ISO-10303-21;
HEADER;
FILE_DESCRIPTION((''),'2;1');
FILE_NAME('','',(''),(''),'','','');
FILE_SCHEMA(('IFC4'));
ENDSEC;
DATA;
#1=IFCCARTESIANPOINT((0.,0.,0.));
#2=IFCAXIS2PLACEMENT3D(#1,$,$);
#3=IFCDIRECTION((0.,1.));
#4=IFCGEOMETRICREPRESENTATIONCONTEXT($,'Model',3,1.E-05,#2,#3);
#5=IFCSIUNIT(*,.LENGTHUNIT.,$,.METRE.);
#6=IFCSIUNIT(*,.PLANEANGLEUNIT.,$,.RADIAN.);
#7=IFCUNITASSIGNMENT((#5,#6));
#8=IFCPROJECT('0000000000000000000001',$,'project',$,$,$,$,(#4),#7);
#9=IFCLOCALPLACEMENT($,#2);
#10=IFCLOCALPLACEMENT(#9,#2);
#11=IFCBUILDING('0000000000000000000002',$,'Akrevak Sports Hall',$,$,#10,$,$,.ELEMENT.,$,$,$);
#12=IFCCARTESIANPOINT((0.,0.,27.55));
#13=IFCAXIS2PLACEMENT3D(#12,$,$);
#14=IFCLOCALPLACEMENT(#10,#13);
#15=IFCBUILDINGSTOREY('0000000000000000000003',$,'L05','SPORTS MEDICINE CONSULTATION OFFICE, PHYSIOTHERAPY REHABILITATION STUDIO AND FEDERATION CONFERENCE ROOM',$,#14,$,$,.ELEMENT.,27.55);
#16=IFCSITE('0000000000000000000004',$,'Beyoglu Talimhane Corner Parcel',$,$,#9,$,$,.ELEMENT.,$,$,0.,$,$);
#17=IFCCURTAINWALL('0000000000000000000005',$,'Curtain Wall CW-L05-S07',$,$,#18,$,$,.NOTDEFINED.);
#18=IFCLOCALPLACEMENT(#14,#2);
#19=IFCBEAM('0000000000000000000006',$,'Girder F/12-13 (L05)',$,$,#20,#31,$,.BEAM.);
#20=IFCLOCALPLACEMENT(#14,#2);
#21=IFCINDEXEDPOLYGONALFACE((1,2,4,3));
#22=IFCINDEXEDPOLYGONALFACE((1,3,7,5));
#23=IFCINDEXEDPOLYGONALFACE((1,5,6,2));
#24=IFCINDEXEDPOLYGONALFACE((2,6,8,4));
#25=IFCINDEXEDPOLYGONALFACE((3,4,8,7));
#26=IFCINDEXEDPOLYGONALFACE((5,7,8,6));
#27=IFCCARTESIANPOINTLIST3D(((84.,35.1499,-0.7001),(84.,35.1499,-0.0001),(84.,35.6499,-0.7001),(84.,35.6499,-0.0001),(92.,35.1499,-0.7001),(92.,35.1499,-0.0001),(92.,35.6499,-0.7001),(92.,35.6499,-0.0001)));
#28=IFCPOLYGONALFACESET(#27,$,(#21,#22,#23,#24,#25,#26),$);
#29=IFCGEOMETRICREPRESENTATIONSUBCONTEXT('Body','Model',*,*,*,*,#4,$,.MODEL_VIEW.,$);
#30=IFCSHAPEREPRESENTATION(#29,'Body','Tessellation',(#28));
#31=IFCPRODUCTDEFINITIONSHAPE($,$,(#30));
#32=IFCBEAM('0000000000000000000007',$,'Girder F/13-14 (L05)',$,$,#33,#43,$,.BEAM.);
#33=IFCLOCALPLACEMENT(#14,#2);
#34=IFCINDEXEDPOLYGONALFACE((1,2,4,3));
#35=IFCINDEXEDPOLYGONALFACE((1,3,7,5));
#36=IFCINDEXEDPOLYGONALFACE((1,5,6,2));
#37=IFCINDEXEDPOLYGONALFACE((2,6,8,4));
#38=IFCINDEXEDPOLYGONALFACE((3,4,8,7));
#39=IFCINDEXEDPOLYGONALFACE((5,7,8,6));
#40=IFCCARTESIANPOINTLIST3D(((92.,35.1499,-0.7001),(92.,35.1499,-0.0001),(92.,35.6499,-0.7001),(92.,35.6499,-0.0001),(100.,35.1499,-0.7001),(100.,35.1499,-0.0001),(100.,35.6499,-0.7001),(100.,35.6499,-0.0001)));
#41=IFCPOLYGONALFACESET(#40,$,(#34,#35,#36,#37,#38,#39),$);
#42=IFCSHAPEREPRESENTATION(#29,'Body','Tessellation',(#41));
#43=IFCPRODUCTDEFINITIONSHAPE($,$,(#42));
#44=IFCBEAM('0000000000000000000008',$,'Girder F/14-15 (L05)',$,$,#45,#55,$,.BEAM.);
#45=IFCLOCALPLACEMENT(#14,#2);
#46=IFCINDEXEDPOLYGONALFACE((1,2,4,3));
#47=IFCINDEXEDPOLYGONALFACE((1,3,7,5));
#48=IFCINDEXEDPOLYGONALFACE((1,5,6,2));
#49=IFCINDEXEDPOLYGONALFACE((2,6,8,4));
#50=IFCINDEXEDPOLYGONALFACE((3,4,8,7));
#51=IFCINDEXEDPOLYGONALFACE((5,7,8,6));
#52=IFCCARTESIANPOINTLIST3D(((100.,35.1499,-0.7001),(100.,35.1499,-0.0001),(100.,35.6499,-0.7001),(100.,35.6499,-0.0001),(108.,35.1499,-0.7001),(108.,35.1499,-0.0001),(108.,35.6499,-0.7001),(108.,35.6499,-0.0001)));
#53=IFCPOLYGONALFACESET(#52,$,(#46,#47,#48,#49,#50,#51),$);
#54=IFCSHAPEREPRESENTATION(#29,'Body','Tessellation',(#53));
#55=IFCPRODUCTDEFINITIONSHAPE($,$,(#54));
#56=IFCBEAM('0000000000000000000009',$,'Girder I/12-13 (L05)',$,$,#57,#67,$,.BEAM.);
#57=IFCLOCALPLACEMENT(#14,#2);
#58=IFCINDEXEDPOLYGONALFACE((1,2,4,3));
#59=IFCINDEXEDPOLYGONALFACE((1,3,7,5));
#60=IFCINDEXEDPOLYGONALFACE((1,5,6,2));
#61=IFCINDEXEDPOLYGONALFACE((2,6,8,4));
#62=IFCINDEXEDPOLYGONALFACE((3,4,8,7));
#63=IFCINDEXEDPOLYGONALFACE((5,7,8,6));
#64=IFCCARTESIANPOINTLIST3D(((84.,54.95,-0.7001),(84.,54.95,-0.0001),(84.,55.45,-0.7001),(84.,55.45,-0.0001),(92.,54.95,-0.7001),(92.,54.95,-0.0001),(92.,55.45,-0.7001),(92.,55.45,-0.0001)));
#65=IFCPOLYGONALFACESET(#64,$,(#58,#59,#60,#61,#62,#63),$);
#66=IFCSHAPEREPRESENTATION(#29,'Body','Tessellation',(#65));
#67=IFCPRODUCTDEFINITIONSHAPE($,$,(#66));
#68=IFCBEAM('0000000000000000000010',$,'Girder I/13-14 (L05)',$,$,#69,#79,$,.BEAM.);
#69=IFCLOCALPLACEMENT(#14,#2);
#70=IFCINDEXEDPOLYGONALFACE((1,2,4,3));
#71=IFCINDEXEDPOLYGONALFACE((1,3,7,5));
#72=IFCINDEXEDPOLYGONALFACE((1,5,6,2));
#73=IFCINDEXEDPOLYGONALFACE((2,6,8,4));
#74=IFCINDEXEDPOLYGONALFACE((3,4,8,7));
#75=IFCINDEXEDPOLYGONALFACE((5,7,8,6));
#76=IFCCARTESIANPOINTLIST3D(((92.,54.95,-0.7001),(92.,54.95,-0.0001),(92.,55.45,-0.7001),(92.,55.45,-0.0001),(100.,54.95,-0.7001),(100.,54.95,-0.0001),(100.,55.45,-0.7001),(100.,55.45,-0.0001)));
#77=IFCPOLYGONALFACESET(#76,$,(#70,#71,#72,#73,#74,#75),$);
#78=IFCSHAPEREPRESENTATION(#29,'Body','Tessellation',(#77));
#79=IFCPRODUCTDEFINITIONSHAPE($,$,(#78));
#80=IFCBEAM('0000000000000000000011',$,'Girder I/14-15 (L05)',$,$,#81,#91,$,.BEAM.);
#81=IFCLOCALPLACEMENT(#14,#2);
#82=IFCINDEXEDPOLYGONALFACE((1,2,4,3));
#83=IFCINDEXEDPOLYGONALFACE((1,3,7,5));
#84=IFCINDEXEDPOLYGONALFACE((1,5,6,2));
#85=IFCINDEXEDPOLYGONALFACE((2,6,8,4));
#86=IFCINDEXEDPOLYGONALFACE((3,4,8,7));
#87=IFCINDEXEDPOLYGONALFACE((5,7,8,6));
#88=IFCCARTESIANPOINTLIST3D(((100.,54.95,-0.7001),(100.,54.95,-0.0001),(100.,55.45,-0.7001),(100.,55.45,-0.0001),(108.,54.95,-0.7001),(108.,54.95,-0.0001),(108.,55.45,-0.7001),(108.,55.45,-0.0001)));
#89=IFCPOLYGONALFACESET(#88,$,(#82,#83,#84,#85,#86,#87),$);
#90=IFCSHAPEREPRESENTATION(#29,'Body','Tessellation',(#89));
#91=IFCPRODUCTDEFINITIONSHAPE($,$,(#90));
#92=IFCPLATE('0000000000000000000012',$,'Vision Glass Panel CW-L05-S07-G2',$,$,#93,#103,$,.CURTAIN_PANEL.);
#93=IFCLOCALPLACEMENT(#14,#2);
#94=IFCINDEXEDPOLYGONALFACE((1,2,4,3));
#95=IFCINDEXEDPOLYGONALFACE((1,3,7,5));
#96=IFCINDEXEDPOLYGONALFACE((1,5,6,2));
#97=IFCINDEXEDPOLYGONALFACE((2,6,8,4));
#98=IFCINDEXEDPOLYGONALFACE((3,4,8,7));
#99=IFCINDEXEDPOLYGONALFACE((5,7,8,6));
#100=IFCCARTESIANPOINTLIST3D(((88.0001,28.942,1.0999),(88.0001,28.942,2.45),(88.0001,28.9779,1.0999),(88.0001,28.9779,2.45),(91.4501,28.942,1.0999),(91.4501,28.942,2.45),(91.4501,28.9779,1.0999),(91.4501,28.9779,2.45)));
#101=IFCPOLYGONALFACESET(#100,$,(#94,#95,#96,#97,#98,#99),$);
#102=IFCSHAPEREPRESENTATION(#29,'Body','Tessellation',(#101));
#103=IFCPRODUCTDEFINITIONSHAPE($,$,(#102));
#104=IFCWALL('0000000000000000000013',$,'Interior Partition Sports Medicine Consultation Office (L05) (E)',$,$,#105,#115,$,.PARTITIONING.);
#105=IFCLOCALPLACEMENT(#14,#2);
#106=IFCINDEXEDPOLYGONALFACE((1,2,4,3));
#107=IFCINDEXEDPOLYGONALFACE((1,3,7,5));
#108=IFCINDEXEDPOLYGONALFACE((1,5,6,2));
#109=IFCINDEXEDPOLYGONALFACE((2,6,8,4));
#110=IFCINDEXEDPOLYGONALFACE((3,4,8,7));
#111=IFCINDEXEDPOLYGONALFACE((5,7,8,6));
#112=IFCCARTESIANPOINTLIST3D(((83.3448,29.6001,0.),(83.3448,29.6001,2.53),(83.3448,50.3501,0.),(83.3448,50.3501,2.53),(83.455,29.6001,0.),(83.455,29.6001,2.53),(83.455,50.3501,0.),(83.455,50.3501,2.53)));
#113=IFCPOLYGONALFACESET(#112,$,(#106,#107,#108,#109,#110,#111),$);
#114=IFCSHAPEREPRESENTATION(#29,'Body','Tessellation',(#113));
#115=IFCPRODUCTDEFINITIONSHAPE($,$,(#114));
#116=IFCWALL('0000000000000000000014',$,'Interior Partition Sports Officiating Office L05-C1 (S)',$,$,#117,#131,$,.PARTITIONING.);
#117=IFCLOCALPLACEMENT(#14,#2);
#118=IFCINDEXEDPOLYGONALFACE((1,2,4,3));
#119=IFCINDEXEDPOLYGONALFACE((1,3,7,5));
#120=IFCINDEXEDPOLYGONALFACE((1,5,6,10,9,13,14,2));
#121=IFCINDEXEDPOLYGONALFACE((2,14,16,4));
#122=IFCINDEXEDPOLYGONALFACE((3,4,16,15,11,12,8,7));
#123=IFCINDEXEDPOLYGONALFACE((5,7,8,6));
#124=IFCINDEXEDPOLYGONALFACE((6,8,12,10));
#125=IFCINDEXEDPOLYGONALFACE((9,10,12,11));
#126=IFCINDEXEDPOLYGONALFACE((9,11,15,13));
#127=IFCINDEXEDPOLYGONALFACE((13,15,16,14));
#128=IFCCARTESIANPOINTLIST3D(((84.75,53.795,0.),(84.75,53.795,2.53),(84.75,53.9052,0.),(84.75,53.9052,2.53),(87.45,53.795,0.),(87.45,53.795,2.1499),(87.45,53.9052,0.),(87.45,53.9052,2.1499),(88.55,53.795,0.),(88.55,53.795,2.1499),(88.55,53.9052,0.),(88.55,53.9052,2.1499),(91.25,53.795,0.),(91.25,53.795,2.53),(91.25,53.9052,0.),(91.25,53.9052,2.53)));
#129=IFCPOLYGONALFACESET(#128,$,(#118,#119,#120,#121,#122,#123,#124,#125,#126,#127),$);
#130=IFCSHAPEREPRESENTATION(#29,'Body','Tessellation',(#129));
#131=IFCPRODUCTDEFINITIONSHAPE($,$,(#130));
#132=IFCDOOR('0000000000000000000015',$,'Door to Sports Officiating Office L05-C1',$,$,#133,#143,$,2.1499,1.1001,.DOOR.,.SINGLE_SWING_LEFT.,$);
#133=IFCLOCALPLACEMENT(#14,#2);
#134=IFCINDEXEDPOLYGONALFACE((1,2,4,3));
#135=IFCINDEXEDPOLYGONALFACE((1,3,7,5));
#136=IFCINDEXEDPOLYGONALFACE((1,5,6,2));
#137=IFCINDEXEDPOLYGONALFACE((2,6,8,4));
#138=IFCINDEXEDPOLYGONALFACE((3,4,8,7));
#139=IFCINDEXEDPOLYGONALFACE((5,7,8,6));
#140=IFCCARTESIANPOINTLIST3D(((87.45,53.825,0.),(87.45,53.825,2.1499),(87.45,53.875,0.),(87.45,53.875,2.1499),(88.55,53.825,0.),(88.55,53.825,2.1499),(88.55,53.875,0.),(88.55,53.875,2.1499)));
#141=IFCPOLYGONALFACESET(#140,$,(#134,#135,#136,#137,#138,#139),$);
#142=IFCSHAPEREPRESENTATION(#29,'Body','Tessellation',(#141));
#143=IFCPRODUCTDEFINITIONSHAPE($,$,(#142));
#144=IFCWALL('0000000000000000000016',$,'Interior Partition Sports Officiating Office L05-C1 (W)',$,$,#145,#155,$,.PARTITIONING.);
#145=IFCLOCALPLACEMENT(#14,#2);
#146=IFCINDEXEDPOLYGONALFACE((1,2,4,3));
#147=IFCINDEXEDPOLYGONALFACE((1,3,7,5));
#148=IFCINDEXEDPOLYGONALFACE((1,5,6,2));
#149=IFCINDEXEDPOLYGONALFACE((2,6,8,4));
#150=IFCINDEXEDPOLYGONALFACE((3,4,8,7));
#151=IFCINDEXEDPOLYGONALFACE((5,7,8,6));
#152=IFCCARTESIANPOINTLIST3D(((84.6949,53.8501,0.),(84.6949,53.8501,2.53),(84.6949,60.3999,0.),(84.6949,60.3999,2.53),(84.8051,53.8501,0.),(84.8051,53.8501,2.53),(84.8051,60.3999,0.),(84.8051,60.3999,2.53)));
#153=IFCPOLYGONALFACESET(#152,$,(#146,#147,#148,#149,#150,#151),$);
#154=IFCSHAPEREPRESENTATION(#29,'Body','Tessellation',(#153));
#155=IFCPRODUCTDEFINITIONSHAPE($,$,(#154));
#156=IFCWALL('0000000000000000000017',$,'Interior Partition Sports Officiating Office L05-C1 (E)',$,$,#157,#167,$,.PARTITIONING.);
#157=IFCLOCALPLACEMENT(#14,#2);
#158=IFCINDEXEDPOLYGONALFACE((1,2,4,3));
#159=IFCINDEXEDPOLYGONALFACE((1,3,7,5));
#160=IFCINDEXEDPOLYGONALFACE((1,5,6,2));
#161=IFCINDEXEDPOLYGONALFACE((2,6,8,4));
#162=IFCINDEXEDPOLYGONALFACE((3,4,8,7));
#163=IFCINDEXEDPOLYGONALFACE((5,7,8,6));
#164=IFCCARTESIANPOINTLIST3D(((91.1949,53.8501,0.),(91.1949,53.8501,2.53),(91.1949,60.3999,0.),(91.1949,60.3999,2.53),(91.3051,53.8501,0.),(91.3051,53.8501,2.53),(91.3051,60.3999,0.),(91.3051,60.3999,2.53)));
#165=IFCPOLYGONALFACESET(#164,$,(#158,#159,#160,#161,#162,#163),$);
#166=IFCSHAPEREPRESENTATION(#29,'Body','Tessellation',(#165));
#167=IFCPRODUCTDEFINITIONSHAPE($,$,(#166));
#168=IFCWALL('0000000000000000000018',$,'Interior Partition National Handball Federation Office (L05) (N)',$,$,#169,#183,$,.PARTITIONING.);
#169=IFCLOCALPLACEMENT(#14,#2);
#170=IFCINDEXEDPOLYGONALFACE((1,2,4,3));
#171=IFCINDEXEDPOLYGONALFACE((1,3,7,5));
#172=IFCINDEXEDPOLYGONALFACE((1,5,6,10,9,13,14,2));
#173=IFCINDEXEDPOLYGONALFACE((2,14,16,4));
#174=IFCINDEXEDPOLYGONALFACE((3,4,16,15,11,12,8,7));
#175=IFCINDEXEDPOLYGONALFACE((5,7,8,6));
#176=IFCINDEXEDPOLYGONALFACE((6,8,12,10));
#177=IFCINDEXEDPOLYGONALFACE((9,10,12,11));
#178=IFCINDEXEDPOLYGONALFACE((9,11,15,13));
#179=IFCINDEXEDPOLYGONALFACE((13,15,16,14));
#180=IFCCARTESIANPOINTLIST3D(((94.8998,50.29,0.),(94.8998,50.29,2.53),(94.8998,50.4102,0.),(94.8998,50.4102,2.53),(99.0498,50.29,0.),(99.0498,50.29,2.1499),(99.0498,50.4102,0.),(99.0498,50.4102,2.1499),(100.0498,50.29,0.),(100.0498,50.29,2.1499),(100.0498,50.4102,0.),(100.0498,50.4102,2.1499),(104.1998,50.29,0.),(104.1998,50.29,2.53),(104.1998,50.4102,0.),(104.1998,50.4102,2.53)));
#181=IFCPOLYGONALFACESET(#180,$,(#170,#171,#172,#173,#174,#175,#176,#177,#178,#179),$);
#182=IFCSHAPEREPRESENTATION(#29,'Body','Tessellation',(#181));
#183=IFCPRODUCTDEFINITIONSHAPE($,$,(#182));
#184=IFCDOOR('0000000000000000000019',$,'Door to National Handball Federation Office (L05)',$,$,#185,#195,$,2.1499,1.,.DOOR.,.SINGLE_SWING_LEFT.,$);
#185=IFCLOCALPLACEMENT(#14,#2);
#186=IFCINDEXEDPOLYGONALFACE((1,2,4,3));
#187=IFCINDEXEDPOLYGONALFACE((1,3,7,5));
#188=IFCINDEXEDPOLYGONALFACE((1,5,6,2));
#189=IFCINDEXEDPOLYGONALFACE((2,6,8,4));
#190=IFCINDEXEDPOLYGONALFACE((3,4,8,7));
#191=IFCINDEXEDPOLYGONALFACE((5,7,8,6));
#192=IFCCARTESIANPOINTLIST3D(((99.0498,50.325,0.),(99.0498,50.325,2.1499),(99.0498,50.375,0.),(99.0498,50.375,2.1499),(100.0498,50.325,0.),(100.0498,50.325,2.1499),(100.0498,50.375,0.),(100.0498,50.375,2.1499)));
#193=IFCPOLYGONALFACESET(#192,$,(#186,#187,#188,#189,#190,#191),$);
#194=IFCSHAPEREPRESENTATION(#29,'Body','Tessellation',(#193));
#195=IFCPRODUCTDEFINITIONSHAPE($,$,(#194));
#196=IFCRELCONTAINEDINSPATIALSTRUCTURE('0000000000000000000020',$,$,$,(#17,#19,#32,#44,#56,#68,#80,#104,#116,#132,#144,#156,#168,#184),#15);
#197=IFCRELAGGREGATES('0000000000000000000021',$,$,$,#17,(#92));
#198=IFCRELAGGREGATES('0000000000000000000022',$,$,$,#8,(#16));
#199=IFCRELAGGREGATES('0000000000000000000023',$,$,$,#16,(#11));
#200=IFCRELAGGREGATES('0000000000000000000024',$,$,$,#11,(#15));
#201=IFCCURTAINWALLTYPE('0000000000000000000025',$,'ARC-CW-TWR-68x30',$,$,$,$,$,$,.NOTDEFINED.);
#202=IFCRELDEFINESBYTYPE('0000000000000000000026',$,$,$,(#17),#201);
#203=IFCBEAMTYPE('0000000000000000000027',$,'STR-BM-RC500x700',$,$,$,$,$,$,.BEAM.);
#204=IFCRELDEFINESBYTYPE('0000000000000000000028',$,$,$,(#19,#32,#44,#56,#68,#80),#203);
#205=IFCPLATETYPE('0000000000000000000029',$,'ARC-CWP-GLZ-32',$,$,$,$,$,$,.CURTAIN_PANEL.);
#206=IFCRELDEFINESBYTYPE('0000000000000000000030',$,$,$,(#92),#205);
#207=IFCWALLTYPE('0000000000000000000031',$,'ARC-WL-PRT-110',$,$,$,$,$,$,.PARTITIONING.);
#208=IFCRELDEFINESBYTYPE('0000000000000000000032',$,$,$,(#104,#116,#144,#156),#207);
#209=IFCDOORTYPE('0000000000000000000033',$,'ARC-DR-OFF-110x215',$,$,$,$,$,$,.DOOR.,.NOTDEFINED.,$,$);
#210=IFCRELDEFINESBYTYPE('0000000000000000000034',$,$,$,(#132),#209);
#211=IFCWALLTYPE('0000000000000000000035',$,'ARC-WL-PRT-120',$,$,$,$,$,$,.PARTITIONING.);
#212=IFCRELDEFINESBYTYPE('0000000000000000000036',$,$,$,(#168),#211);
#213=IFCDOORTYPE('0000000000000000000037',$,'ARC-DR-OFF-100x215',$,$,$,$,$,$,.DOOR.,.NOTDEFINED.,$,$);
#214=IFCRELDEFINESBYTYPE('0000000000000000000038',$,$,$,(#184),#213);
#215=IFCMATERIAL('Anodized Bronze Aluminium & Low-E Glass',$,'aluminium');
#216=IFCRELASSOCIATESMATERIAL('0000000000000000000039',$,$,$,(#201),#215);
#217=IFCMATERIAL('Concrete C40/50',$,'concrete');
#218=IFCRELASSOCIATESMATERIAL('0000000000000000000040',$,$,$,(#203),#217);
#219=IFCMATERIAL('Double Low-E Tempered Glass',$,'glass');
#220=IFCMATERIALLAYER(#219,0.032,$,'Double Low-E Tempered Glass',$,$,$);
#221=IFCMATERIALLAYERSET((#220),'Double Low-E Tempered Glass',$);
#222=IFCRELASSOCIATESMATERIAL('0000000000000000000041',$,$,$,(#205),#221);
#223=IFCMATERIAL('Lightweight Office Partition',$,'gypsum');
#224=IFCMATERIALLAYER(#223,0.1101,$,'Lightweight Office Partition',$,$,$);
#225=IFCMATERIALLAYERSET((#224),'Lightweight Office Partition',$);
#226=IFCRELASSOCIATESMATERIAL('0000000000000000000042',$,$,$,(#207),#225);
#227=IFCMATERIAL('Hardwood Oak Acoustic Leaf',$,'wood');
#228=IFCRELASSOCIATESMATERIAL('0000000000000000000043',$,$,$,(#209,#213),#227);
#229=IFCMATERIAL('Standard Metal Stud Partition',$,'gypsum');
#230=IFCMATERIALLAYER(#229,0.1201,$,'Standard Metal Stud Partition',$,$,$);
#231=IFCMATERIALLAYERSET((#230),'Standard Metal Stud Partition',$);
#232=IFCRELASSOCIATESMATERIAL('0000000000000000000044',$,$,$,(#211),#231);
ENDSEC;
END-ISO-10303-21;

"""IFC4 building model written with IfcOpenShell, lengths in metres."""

from ifc_helpers import new_model, si_unit, direction, frame, frame_2d, origin, origin_2d, place, context, subcontext, project, spatial, rectangle, extrude, material, layer, layer_set, material_profile, profile_set, type_object, element, fill, aggregate, save


model = new_model("IFC4")

# Units and contexts
model_context = context("Model", 3, precision=1e-05, world=origin(), true_north=direction((0.0, 1.0)))
body_context = subcontext(model_context, "Body", "Model", "MODEL_VIEW")
ifc_project = project(units=[si_unit("LENGTHUNIT", "METRE"), si_unit("PLANEANGLEUNIT", "RADIAN")], contexts=[model_context])

# Site, building, storey
site_placement = place(None, origin())
site = spatial("IfcSite", under=ifc_project, at=site_placement, Name="Beyoglu Talimhane Corner Parcel", CompositionType="ELEMENT", RefElevation=0.0)
building_placement = place(site_placement, origin())
building = spatial("IfcBuilding", under=site, at=building_placement, Name="Akrevak Sports Hall", CompositionType="ELEMENT")
storey_placement = place(building_placement, frame((0.0, 0.0, 27.55)))
storey = spatial("IfcBuildingStorey", under=building, at=storey_placement, Name="L05", Description="SPORTS MEDICINE CONSULTATION OFFICE, PHYSIOTHERAPY REHABILITATION STUDIO AND FEDERATION CONFERENCE ROOM", CompositionType="ELEMENT", Elevation=27.55)

# Shared definitions
ifc_material_1 = material(Name="Concrete C40/50", Category="concrete")

# Curtain wall
ifc_material_2 = material(Name="Anodized Bronze Aluminium & Low-E Glass", Category="aluminium")
curtain_wall_type = type_object("IfcCurtainWallType", Name="ARC-CW-TWR-68x30", PredefinedType="NOTDEFINED", material=ifc_material_2)
curtain_wall_placement = place(storey_placement, origin())
curtain_wall = element("IfcCurtainWall", 1, at=curtain_wall_placement, inside=storey, type_object=curtain_wall_type, Name="Curtain Wall CW-L05-S07", PredefinedType="NOTDEFINED")

# Beams
ifc_material_profile_1 = material_profile(ifc_material_1, rectangle(XDim=0.5, YDim=0.7, at=origin_2d()), Name="BM 500x700", Category="concrete")
ifc_profile_set_1 = profile_set([ifc_material_profile_1], Name="Concrete C40/50")
beam_type_1 = type_object("IfcBeamType", Name="STR-BM-RC500x700", PredefinedType="BEAM", material=ifc_profile_set_1)
for number, where, z_axis, x_axis, name in (
    (2, (84.0, 35.3999, -0.3501), (1.0, 0.0, 0.0), (0.0, 1.0, 0.0), "Girder F/12-13 (L05)"),
    (3, (92.0, 35.3999, -0.3501), (1.0, 0.0, 0.0), (0.0, 1.0, 0.0), "Girder F/13-14 (L05)"),
    (4, (100.0, 35.3999, -0.3501), (1.0, 0.0, 0.0), (0.0, 1.0, 0.0), "Girder F/14-15 (L05)"),
    (5, (84.0, 55.2, -0.3501), (1.0, 0.0, 0.0), (0.0, 1.0, 0.0), "Girder I/12-13 (L05)"),
    (6, (92.0, 55.2, -0.3501), (1.0, 0.0, 0.0), (0.0, 1.0, 0.0), "Girder I/13-14 (L05)"),
    (7, (100.0, 55.2, -0.3501), (1.0, 0.0, 0.0), (0.0, 1.0, 0.0), "Girder I/14-15 (L05)"),
):
    element("IfcBeam", number, at=place(storey_placement, frame(where, z_axis=z_axis, x_axis=x_axis)), inside=storey, type_object=beam_type_1, Name=name, PredefinedType="BEAM", context=body_context, shape_type="SweptSolid", body=[
        extrude(rectangle(XDim=0.5, YDim=0.7, at=origin_2d()), origin(), (0.0, 0.0, 1.0), 8.0),
    ])

# Plate
ifc_material_3 = material(Name="Double Low-E Tempered Glass", Category="glass")
ifc_layer_1 = layer(ifc_material_3, 0.032, Name="Double Low-E Tempered Glass")
ifc_layer_set_1 = layer_set([ifc_layer_1], Name="Double Low-E Tempered Glass")
plate_type = type_object("IfcPlateType", Name="ARC-CWP-GLZ-32", PredefinedType="CURTAIN_PANEL", material=ifc_layer_set_1)
plate_placement = place(storey_placement, frame((89.7251, 28.96, 1.0999), z_axis=(0.0, 0.0, 1.0), x_axis=(1.0, 0.0, 0.0)))
plate = element("IfcPlate", 8, at=plate_placement, type_object=plate_type, Name="Vision Glass Panel CW-L05-S07-G2", PredefinedType="CURTAIN_PANEL", context=body_context, shape_type="SweptSolid", body=[
    extrude(rectangle(XDim=3.45, YDim=0.0359, at=origin_2d()), origin(), (0.0, 0.0, 1.0), 1.3501),
])
aggregate(curtain_wall, [plate])

# Wall
ifc_material_4 = material(Name="Lightweight Office Partition", Category="gypsum")
ifc_layer_2 = layer(ifc_material_4, 0.1101, Name="Lightweight Office Partition")
ifc_layer_set_2 = layer_set([ifc_layer_2], Name="Lightweight Office Partition")
wall_type_1 = type_object("IfcWallType", Name="ARC-WL-PRT-110", PredefinedType="PARTITIONING", material=ifc_layer_set_2)
wall_1_placement = place(storey_placement, frame((83.3999, 29.6001, 0.0), z_axis=(0.0, 0.0, 1.0), x_axis=(0.0, 1.0, 0.0)))
element("IfcWall", 9, at=wall_1_placement, inside=storey, type_object=wall_type_1, Name="Interior Partition Sports Medicine Consultation Office (L05) (E)", PredefinedType="PARTITIONING", context=body_context, shape_type="SweptSolid", body=[
    extrude(rectangle(XDim=20.75, YDim=0.1101, at=frame_2d((10.375, 0.0))), origin(), (0.0, 0.0, 1.0), 2.53),
])

# Wall, opening, door
wall_2_placement = place(storey_placement, frame((84.75, 53.8501, 0.0), z_axis=(0.0, 0.0, 1.0), x_axis=(1.0, 0.0, 0.0)))
wall_2 = element("IfcWall", 10, at=wall_2_placement, inside=storey, type_object=wall_type_1, Name="Interior Partition Sports Officiating Office L05-C1 (S)", PredefinedType="PARTITIONING", context=body_context, shape_type="SweptSolid", body=[
    extrude(rectangle(XDim=6.5, YDim=0.1101, at=frame_2d((3.25, 0.0))), origin(), (0.0, 0.0, 1.0), 2.53),
])
opening_1_placement = place(wall_2_placement, frame((2.7, 0.0, 0.0)))
opening_1 = element("IfcOpeningElement", 11, at=opening_1_placement, cuts=wall_2, PredefinedType="OPENING", context=body_context, shape_type="SweptSolid", body=[
    extrude(rectangle(XDim=1.1001, YDim=2.1499, at=frame_2d((0.55, 1.075))), frame((0.0, 0.0669, 0.0), z_axis=(0.0, -1.0, 0.0), x_axis=(1.0, 0.0, 0.0)), (0.0, 0.0, 1.0), 0.134),
])
ifc_material_5 = material(Name="Hardwood Oak Acoustic Leaf", Category="wood")
door_type_1 = type_object("IfcDoorType", Name="ARC-DR-OFF-110x215", OperationType="NOTDEFINED", PredefinedType="DOOR", material=ifc_material_5)
door_1_placement = place(opening_1_placement, origin())
door_1 = element("IfcDoor", 12, at=door_1_placement, inside=storey, type_object=door_type_1, Name="Door to Sports Officiating Office L05-C1", OperationType="SINGLE_SWING_LEFT", OverallHeight=2.1499, OverallWidth=1.1001, PredefinedType="DOOR", context=body_context, shape_type="SweptSolid", body=[
    extrude(rectangle(XDim=1.1001, YDim=2.1499, at=frame_2d((0.55, 1.075))), frame((0.0, 0.0249, 0.0), z_axis=(0.0, -1.0, 0.0), x_axis=(1.0, 0.0, 0.0)), (0.0, 0.0, 1.0), 0.05),
])
fill(opening_1, door_1)

# Walls
for number, where, z_axis, x_axis, name in (
    (13, (84.75, 53.8501, 0.0), (0.0, 0.0, 1.0), (0.0, 1.0, 0.0), "Interior Partition Sports Officiating Office L05-C1 (W)"),
    (14, (91.25, 53.8501, 0.0), (0.0, 0.0, 1.0), (0.0, 1.0, 0.0), "Interior Partition Sports Officiating Office L05-C1 (E)"),
):
    element("IfcWall", number, at=place(storey_placement, frame(where, z_axis=z_axis, x_axis=x_axis)), inside=storey, type_object=wall_type_1, Name=name, PredefinedType="PARTITIONING", context=body_context, shape_type="SweptSolid", body=[
        extrude(rectangle(XDim=6.5498, YDim=0.1101, at=frame_2d((3.2749, 0.0))), origin(), (0.0, 0.0, 1.0), 2.53),
    ])

# Wall, opening, door
ifc_material_6 = material(Name="Standard Metal Stud Partition", Category="gypsum")
ifc_layer_3 = layer(ifc_material_6, 0.1201, Name="Standard Metal Stud Partition")
ifc_layer_set_3 = layer_set([ifc_layer_3], Name="Standard Metal Stud Partition")
wall_type_2 = type_object("IfcWallType", Name="ARC-WL-PRT-120", PredefinedType="PARTITIONING", material=ifc_layer_set_3)
wall_3_placement = place(storey_placement, frame((94.8999, 50.3501, 0.0), z_axis=(0.0, 0.0, 1.0), x_axis=(1.0, 0.0, 0.0)))
wall_3 = element("IfcWall", 15, at=wall_3_placement, inside=storey, type_object=wall_type_2, Name="Interior Partition National Handball Federation Office (L05) (N)", PredefinedType="PARTITIONING", context=body_context, shape_type="SweptSolid", body=[
    extrude(rectangle(XDim=9.3, YDim=0.1201, at=frame_2d((4.6499, 0.0))), origin(), (0.0, 0.0, 1.0), 2.53),
])
opening_2_placement = place(wall_3_placement, frame((4.1499, 0.0, 0.0)))
opening_2 = element("IfcOpeningElement", 16, at=opening_2_placement, cuts=wall_3, PredefinedType="OPENING", context=body_context, shape_type="SweptSolid", body=[
    extrude(rectangle(XDim=1.0, YDim=2.1499, at=frame_2d((0.5, 1.075))), frame((0.0, 0.072, 0.0), z_axis=(0.0, -1.0, 0.0), x_axis=(1.0, 0.0, 0.0)), (0.0, 0.0, 1.0), 0.144),
])
door_type_2 = type_object("IfcDoorType", Name="ARC-DR-OFF-100x215", OperationType="NOTDEFINED", PredefinedType="DOOR", material=ifc_material_5)
door_2_placement = place(opening_2_placement, origin())
door_2 = element("IfcDoor", 17, at=door_2_placement, inside=storey, type_object=door_type_2, Name="Door to National Handball Federation Office (L05)", OperationType="SINGLE_SWING_LEFT", OverallHeight=2.1499, OverallWidth=1.0, PredefinedType="DOOR", context=body_context, shape_type="SweptSolid", body=[
    extrude(rectangle(XDim=1.0, YDim=2.1499, at=frame_2d((0.5, 1.075))), frame((0.0, 0.0249, 0.0), z_axis=(0.0, -1.0, 0.0), x_axis=(1.0, 0.0, 0.0)), (0.0, 0.0, 1.0), 0.05),
])
fill(opening_2, door_2)

save(model, "model.ifc")
